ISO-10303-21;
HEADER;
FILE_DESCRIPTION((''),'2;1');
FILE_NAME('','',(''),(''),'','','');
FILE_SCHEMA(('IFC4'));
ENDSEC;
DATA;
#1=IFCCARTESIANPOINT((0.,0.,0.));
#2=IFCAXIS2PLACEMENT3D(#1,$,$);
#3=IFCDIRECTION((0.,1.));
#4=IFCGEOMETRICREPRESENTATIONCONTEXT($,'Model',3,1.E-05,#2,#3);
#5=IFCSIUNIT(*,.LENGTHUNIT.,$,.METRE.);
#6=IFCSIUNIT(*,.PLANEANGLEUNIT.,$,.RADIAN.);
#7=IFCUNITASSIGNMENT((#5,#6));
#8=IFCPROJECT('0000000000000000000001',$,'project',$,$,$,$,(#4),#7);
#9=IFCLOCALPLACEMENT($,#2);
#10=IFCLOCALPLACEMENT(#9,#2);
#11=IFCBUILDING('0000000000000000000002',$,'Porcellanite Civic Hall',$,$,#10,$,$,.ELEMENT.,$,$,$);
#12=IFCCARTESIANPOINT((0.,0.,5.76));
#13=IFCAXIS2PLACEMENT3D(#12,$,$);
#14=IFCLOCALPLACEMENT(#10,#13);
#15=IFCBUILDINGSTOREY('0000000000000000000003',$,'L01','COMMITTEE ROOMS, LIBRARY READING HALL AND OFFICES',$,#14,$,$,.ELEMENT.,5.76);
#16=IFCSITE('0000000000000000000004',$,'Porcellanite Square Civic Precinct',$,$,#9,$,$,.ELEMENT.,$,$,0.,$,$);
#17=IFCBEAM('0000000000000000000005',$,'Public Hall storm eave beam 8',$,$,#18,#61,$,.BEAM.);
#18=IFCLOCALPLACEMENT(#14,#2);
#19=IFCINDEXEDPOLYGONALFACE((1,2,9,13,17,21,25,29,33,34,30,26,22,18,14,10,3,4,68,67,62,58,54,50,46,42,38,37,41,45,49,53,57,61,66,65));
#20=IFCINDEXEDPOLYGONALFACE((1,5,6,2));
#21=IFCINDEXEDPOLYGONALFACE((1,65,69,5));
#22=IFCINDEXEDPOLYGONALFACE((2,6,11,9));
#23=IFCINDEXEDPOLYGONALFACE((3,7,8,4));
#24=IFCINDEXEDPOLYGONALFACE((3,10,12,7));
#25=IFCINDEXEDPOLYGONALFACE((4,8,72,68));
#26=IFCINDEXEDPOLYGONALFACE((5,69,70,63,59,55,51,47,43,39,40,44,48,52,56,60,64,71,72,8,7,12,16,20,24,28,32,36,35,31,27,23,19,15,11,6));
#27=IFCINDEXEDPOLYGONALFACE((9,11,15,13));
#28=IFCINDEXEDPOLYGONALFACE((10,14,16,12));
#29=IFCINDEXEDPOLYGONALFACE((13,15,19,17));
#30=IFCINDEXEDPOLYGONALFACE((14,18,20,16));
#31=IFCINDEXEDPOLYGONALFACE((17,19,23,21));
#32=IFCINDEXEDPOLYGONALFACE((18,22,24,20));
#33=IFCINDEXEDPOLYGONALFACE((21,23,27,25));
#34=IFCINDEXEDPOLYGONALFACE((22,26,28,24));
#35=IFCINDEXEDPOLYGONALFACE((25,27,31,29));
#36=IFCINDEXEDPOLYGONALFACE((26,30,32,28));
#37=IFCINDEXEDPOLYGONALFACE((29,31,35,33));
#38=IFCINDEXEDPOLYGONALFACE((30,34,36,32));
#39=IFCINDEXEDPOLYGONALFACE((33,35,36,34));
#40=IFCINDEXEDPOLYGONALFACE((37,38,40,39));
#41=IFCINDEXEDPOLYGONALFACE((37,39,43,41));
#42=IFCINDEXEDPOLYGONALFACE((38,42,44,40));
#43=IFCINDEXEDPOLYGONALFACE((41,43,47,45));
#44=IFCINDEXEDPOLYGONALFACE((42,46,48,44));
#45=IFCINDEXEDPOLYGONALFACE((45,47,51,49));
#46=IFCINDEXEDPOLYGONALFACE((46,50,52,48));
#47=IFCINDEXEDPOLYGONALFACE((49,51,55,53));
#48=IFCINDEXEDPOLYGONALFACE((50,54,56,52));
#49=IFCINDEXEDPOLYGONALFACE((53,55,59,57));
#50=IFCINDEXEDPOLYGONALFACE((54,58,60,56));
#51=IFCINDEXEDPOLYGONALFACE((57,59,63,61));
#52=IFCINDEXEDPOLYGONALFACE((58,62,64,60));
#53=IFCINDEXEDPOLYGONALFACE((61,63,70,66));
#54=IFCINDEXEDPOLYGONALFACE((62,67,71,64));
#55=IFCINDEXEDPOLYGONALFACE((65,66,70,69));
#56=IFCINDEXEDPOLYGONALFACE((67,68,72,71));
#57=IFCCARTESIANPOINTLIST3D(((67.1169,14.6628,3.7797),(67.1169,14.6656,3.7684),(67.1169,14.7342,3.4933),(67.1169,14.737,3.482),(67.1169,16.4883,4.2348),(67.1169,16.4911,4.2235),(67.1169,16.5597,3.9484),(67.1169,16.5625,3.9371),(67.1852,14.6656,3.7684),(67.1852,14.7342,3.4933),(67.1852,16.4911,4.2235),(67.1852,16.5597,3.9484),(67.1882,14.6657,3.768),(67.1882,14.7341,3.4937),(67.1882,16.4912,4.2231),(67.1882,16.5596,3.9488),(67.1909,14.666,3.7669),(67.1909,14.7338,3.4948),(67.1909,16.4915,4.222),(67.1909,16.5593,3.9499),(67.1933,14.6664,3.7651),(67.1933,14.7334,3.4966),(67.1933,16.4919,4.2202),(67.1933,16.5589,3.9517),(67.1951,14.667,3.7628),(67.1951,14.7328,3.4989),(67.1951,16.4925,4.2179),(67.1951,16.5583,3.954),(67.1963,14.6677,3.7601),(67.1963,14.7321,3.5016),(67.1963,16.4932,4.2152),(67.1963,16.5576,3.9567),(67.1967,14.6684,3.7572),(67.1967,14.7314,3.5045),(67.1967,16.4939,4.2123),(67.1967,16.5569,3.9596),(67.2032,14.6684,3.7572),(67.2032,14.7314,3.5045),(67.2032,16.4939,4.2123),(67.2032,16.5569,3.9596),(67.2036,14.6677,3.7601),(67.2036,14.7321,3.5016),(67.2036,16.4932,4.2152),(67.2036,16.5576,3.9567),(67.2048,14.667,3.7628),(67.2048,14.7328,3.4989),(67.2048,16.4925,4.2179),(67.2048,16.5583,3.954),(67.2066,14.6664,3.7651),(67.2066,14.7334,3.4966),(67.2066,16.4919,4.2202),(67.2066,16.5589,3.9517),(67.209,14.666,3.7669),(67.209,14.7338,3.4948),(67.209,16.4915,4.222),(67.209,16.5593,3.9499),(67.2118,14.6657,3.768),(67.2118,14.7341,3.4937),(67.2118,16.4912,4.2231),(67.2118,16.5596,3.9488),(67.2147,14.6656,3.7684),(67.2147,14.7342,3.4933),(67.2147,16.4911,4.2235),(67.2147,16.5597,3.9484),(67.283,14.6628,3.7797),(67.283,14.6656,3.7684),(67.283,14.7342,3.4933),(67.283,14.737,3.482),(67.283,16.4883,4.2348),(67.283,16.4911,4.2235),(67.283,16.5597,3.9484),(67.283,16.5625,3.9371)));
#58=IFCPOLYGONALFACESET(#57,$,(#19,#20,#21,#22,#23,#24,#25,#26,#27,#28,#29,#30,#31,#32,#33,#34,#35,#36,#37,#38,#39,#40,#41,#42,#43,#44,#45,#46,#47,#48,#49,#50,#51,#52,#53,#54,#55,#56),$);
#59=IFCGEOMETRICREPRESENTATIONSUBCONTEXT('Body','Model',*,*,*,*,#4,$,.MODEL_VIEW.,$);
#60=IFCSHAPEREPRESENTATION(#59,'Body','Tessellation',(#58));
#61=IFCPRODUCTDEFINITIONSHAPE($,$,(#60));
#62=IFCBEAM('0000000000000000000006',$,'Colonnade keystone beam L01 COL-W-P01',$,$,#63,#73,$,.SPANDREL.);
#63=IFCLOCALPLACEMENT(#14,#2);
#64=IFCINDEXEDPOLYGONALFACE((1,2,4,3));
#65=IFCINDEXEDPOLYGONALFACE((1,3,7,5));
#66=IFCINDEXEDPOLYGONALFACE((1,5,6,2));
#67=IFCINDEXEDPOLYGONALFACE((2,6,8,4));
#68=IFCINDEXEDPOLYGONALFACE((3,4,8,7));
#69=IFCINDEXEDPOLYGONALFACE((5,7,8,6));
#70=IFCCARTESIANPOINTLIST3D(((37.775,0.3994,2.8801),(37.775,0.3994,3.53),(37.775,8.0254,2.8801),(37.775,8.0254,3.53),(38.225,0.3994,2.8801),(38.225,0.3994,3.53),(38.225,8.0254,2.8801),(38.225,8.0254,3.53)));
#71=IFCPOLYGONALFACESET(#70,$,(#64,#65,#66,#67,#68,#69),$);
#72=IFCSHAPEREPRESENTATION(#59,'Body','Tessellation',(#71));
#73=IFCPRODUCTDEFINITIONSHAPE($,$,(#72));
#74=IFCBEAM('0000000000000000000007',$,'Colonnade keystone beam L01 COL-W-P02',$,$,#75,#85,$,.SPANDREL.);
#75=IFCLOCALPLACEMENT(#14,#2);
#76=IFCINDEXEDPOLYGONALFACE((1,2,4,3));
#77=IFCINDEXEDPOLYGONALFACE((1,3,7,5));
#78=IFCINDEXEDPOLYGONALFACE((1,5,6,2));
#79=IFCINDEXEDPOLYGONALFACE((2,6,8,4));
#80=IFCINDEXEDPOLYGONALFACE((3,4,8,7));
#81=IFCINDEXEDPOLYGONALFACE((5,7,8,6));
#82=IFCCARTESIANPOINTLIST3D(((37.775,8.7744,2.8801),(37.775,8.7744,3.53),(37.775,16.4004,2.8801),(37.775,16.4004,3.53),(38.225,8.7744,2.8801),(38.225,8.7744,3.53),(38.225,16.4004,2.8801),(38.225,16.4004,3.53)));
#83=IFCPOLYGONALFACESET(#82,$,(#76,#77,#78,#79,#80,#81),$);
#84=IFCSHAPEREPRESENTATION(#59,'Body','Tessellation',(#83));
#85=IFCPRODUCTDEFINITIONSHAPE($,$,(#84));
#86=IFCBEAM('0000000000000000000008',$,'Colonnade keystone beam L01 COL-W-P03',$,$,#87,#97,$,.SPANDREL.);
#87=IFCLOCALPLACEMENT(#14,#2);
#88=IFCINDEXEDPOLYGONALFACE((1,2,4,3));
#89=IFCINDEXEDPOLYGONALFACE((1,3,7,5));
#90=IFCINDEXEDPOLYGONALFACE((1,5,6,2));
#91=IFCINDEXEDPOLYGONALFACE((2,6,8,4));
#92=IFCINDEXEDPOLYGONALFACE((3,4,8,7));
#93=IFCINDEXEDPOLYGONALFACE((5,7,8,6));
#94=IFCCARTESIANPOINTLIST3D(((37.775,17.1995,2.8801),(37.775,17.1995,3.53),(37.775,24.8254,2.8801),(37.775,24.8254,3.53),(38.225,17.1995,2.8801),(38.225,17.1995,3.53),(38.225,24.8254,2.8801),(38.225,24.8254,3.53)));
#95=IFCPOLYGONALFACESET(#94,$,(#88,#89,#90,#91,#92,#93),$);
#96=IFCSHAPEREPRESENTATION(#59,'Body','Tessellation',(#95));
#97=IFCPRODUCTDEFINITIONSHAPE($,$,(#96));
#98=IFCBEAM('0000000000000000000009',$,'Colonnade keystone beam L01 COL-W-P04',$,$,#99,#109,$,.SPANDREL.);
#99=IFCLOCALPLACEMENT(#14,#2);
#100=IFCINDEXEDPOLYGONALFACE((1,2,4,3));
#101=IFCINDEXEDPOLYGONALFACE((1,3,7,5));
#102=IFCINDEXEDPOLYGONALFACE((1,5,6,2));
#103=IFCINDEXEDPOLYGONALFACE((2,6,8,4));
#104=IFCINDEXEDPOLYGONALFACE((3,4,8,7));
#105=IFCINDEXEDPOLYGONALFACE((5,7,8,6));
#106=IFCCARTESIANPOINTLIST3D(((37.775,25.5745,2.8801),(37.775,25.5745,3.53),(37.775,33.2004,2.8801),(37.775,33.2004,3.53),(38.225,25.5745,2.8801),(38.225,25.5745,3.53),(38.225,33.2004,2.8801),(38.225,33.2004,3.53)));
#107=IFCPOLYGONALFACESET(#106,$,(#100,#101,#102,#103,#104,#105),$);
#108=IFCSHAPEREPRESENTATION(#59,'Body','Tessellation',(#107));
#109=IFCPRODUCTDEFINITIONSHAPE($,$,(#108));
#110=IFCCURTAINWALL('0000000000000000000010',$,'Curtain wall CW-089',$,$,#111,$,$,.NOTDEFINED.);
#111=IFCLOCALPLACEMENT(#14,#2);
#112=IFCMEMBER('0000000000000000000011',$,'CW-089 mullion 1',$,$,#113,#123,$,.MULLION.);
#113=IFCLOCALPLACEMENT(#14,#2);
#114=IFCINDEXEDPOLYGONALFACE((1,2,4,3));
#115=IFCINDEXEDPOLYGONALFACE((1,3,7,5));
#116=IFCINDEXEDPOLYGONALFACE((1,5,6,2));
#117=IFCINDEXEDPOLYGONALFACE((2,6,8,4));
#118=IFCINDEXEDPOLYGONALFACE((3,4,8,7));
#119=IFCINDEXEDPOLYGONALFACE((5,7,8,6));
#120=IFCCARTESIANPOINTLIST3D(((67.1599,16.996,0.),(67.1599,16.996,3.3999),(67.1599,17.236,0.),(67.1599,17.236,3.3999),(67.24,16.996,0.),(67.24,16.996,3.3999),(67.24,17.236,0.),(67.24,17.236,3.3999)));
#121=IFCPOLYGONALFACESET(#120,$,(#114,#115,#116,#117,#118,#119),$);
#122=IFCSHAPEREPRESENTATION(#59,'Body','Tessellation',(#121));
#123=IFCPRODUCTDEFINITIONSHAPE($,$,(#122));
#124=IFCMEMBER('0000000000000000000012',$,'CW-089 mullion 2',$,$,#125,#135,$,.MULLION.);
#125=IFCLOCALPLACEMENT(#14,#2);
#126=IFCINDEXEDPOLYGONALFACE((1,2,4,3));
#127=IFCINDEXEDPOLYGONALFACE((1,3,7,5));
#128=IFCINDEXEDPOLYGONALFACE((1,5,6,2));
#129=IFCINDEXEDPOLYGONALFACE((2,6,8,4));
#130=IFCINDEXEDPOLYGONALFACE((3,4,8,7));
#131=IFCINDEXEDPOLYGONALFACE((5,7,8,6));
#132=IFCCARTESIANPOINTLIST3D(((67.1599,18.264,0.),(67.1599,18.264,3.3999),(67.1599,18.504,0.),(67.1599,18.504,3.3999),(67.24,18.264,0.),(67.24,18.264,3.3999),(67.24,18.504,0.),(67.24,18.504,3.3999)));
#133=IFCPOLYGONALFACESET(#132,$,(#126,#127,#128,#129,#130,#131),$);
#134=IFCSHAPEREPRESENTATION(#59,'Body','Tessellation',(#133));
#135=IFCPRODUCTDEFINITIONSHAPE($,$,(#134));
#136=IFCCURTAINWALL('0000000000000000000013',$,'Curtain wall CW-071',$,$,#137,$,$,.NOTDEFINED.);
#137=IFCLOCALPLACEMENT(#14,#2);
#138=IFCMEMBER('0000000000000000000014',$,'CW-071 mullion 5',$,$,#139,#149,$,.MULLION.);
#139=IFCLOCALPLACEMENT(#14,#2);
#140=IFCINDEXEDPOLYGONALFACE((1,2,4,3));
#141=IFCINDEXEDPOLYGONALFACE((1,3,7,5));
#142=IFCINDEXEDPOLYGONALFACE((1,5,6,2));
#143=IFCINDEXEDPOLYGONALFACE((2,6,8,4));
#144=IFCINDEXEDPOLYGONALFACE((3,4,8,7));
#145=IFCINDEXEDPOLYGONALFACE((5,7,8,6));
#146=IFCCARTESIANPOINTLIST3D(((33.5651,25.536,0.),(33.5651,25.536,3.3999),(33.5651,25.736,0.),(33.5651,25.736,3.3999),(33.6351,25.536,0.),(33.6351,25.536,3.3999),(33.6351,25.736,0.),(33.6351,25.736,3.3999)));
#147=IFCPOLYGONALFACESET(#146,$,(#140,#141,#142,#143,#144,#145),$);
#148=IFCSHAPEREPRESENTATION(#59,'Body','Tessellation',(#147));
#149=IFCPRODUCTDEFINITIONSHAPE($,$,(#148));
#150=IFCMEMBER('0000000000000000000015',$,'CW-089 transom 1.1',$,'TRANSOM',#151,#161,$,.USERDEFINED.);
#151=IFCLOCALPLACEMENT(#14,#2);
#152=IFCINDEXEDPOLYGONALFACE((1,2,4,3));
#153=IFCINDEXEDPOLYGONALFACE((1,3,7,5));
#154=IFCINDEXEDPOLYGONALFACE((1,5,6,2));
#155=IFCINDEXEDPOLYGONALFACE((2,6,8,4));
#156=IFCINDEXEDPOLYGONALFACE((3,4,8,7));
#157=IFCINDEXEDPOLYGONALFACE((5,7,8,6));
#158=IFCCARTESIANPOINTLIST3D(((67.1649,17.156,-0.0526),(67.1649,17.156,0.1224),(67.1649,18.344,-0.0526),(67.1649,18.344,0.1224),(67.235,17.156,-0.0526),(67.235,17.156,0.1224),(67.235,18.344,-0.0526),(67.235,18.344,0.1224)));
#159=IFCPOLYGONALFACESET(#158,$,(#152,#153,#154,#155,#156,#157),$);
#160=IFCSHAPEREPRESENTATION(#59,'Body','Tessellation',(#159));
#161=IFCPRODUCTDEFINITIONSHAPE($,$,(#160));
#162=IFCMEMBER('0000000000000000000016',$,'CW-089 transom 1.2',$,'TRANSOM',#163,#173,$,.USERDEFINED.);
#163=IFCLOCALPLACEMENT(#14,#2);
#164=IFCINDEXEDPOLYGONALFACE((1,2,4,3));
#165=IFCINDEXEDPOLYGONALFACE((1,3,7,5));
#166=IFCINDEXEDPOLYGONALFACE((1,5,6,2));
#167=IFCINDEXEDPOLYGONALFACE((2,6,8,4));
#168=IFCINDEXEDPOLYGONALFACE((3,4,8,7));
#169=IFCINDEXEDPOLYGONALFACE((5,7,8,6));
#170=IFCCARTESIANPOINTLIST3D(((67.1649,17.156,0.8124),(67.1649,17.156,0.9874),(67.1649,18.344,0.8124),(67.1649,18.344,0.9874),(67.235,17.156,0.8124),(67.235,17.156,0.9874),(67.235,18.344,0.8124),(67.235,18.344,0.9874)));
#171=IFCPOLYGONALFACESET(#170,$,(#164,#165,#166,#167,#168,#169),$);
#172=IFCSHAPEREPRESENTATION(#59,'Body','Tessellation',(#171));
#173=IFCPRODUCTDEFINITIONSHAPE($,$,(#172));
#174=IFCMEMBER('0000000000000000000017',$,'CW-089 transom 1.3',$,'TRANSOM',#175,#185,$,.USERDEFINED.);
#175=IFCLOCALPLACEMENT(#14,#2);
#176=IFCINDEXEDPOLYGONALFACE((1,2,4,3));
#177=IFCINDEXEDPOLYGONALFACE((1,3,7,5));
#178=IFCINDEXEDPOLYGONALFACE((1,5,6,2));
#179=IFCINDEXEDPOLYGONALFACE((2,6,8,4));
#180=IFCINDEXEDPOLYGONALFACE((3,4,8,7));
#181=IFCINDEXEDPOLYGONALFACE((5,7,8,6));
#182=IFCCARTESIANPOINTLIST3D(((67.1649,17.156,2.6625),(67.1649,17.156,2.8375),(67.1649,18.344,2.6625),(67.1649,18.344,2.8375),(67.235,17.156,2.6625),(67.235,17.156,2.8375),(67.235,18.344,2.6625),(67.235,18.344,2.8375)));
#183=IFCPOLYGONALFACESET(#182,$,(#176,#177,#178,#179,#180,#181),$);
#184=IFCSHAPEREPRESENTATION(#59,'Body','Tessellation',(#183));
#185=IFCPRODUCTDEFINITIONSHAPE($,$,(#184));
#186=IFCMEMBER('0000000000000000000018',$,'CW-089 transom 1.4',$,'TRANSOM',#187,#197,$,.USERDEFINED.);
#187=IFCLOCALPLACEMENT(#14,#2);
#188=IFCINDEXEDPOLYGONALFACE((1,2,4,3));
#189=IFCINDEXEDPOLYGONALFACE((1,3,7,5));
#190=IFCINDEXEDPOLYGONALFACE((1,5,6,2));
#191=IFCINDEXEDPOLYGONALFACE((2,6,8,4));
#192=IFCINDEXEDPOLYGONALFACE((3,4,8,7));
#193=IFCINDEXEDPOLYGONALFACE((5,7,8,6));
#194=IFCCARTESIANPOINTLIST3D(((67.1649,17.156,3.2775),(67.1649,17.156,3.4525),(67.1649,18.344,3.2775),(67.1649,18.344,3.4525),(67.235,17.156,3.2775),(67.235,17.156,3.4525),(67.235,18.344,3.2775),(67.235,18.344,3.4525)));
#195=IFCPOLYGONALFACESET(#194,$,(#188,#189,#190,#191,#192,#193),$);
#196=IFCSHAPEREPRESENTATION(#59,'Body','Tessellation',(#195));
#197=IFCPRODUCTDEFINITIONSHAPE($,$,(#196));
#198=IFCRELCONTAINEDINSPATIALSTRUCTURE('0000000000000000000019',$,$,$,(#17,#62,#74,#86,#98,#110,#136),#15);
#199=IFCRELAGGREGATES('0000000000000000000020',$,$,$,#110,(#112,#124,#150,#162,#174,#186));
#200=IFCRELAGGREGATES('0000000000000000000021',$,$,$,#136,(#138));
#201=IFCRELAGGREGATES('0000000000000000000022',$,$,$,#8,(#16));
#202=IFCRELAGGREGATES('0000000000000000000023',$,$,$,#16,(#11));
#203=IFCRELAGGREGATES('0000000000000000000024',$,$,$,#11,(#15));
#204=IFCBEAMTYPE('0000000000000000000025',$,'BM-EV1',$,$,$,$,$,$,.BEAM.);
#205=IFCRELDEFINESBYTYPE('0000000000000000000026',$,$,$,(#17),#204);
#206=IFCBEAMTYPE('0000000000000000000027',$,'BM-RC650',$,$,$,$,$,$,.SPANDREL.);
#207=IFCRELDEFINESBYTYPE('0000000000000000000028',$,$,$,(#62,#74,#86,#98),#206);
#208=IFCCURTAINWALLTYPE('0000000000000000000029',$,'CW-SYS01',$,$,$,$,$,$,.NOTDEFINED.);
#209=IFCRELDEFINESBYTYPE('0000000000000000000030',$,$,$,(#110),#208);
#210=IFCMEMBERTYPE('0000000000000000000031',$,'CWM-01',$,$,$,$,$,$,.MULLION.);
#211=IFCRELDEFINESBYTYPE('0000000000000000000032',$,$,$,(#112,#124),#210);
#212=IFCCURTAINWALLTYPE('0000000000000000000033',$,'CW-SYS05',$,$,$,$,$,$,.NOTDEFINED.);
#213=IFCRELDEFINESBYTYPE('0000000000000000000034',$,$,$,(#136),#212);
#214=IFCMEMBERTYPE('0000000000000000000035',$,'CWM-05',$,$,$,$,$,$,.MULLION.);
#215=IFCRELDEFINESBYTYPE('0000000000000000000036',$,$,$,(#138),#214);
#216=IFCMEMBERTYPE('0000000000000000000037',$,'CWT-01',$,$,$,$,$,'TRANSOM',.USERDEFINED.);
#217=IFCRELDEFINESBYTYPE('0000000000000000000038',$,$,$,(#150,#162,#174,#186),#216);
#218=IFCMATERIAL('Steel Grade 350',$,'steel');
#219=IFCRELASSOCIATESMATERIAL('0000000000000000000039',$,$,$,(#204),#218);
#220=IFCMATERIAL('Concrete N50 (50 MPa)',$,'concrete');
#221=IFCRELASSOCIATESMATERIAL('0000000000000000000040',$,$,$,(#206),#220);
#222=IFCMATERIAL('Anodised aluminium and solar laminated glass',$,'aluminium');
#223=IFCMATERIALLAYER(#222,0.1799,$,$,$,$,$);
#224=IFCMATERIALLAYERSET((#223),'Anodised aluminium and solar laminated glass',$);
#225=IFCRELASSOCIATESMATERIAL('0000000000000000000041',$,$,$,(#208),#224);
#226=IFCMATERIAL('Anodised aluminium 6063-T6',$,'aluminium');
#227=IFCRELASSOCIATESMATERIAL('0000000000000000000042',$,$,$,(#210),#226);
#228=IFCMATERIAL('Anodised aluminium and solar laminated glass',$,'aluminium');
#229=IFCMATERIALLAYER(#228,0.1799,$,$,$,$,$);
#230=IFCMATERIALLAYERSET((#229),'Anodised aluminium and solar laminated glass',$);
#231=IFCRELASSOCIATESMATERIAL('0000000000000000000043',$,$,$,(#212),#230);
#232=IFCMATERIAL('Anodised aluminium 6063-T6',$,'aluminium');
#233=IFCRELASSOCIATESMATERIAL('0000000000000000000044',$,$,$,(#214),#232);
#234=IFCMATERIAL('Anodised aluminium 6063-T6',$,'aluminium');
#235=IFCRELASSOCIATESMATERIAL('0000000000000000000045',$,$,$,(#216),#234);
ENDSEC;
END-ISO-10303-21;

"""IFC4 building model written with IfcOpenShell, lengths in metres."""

from ifc_helpers import new_model, si_unit, direction, frame, origin, origin_2d, place, context, subcontext, project, spatial, rectangle, i_section, extrude, material, layer, layer_set, material_profile, profile_set, type_object, element, aggregate, save


model = new_model("IFC4")

# Units and contexts
model_context = context("Model", 3, precision=1e-05, world=origin(), true_north=direction((0.0, 1.0)))
body_context = subcontext(model_context, "Body", "Model", "MODEL_VIEW")
ifc_project = project(units=[si_unit("LENGTHUNIT", "METRE"), si_unit("PLANEANGLEUNIT", "RADIAN")], contexts=[model_context])

# Site, building, storey
site_placement = place(None, origin())
site = spatial("IfcSite", under=ifc_project, at=site_placement, Name="Porcellanite Square Civic Precinct", CompositionType="ELEMENT", RefElevation=0.0)
building_placement = place(site_placement, origin())
building = spatial("IfcBuilding", under=site, at=building_placement, Name="Porcellanite Civic Hall", CompositionType="ELEMENT")
storey_placement = place(building_placement, frame((0.0, 0.0, 5.76)))
storey = spatial("IfcBuildingStorey", under=building, at=storey_placement, Name="L01", Description="COMMITTEE ROOMS, LIBRARY READING HALL AND OFFICES", CompositionType="ELEMENT", Elevation=5.76)

# Beams
ifc_material_1 = material(Name="Steel Grade 350", Category="steel")
ifc_material_profile_1 = material_profile(ifc_material_1, i_section(OverallWidth=0.166, OverallDepth=0.3069, WebThickness=0.0066, FlangeThickness=0.0117, FilletRadius=0.0115, at=origin_2d()), Name="310UB46.2")
ifc_profile_set_1 = profile_set([ifc_material_profile_1], Name="Steel Grade 350")
beam_type_1 = type_object("IfcBeamType", Name="BM-EV1", PredefinedType="BEAM", material=ifc_profile_set_1)
beam_1_placement = place(storey_placement, frame((67.2, 16.5254, 4.0859), z_axis=(0.0, -0.970303, -0.241894), x_axis=(1.0, 0.0, 0.0)))
element("IfcBeam", 1, at=beam_1_placement, inside=storey, type_object=beam_type_1, Name="Public Hall storm eave beam 8", PredefinedType="BEAM", context=body_context, shape_type="SweptSolid", body=[
    extrude(i_section(OverallWidth=0.166, OverallDepth=0.3069, WebThickness=0.0066, FlangeThickness=0.0117, FilletRadius=0.0115, at=origin_2d()), origin(), (0.0, 0.0, 1.0), 1.8813),
])
ifc_material_2 = material(Name="Concrete N50 (50 MPa)", Category="concrete")
ifc_material_profile_2 = material_profile(ifc_material_2, rectangle(XDim=0.45, YDim=0.6499, at=origin_2d()), Name="RC-450x650")
ifc_profile_set_2 = profile_set([ifc_material_profile_2], Name="Concrete N50 (50 MPa)")
beam_type_2 = type_object("IfcBeamType", Name="BM-RC650", PredefinedType="SPANDREL", material=ifc_profile_set_2)
for number, where, z_axis, x_axis, name in (
    (2, (38.0, 0.3994, 3.2051), (0.0, 1.0, 0.0), (-1.0, 0.0, 0.0), "Colonnade keystone beam L01 COL-W-P01"),
    (3, (38.0, 8.7744, 3.2051), (0.0, 1.0, 0.0), (-1.0, 0.0, 0.0), "Colonnade keystone beam L01 COL-W-P02"),
    (4, (38.0, 17.1995, 3.2051), (0.0, 1.0, 0.0), (-1.0, 0.0, 0.0), "Colonnade keystone beam L01 COL-W-P03"),
    (5, (38.0, 25.5745, 3.2051), (0.0, 1.0, 0.0), (-1.0, 0.0, 0.0), "Colonnade keystone beam L01 COL-W-P04"),
):
    element("IfcBeam", number, at=place(storey_placement, frame(where, z_axis=z_axis, x_axis=x_axis)), inside=storey, type_object=beam_type_2, Name=name, PredefinedType="SPANDREL", context=body_context, shape_type="SweptSolid", body=[
        extrude(rectangle(XDim=0.45, YDim=0.6499, at=origin_2d()), origin(), (0.0, 0.0, 1.0), 7.626),
    ])

# Curtain wall, members
ifc_material_3 = material(Name="Anodised aluminium and solar laminated glass", Category="aluminium")
ifc_layer_1 = layer(ifc_material_3, 0.1799)
ifc_layer_set_1 = layer_set([ifc_layer_1], Name="Anodised aluminium and solar laminated glass")
curtain_wall_type_1 = type_object("IfcCurtainWallType", Name="CW-SYS01", PredefinedType="NOTDEFINED", material=ifc_layer_set_1)
curtain_wall_1_placement = place(storey_placement, origin())
curtain_wall_1 = element("IfcCurtainWall", 6, at=curtain_wall_1_placement, inside=storey, type_object=curtain_wall_type_1, Name="Curtain wall CW-089", PredefinedType="NOTDEFINED")
ifc_material_4 = material(Name="Anodised aluminium 6063-T6", Category="aluminium")
ifc_material_profile_3 = material_profile(ifc_material_4, rectangle(XDim=0.0801, YDim=0.24, at=origin_2d()), Name="AL-80x240")
ifc_profile_set_3 = profile_set([ifc_material_profile_3], Name="Anodised aluminium 6063-T6")
member_type_1 = type_object("IfcMemberType", Name="CWM-01", PredefinedType="MULLION", material=ifc_profile_set_3)
member_1_placement = place(storey_placement, frame((67.2, 17.116, 0.0), z_axis=(0.0, 0.0, 1.0), x_axis=(-1.0, 0.0, 0.0)))
member_1 = element("IfcMember", 7, at=member_1_placement, type_object=member_type_1, Name="CW-089 mullion 1", PredefinedType="MULLION", context=body_context, shape_type="SweptSolid", body=[
    extrude(rectangle(XDim=0.0801, YDim=0.24, at=origin_2d()), origin(), (0.0, 0.0, 1.0), 3.3999),
])
member_2_placement = place(storey_placement, frame((67.2, 18.384, 0.0), z_axis=(0.0, 0.0, 1.0), x_axis=(-1.0, 0.0, 0.0)))
member_2 = element("IfcMember", 8, at=member_2_placement, type_object=member_type_1, Name="CW-089 mullion 2", PredefinedType="MULLION", context=body_context, shape_type="SweptSolid", body=[
    extrude(rectangle(XDim=0.0801, YDim=0.24, at=origin_2d()), origin(), (0.0, 0.0, 1.0), 3.3999),
])

# Curtain wall, member
ifc_material_5 = material(Name="Anodised aluminium and solar laminated glass", Category="aluminium")
ifc_layer_2 = layer(ifc_material_5, 0.1799)
ifc_layer_set_2 = layer_set([ifc_layer_2], Name="Anodised aluminium and solar laminated glass")
curtain_wall_type_2 = type_object("IfcCurtainWallType", Name="CW-SYS05", PredefinedType="NOTDEFINED", material=ifc_layer_set_2)
curtain_wall_2_placement = place(storey_placement, origin())
curtain_wall_2 = element("IfcCurtainWall", 9, at=curtain_wall_2_placement, inside=storey, type_object=curtain_wall_type_2, Name="Curtain wall CW-071", PredefinedType="NOTDEFINED")
ifc_material_6 = material(Name="Anodised aluminium 6063-T6", Category="aluminium")
ifc_material_profile_4 = material_profile(ifc_material_6, rectangle(XDim=0.0701, YDim=0.2, at=origin_2d()), Name="AL-70x200")
ifc_profile_set_4 = profile_set([ifc_material_profile_4], Name="Anodised aluminium 6063-T6")
member_type_2 = type_object("IfcMemberType", Name="CWM-05", PredefinedType="MULLION", material=ifc_profile_set_4)
member_3_placement = place(storey_placement, frame((33.6001, 25.636, 0.0), z_axis=(0.0, 0.0, 1.0), x_axis=(1.0, 0.0, 0.0)))
member_3 = element("IfcMember", 10, at=member_3_placement, type_object=member_type_2, Name="CW-071 mullion 5", PredefinedType="MULLION", context=body_context, shape_type="SweptSolid", body=[
    extrude(rectangle(XDim=0.0701, YDim=0.2, at=origin_2d()), origin(), (0.0, 0.0, 1.0), 3.3999),
])

# Members
ifc_material_7 = material(Name="Anodised aluminium 6063-T6", Category="aluminium")
ifc_material_profile_5 = material_profile(ifc_material_7, rectangle(XDim=0.0701, YDim=0.175, at=origin_2d()), Name="AL-70x175")
ifc_profile_set_5 = profile_set([ifc_material_profile_5], Name="Anodised aluminium 6063-T6")
member_type_3 = type_object("IfcMemberType", Name="CWT-01", ElementType="TRANSOM", PredefinedType="USERDEFINED", material=ifc_profile_set_5)
member_4_placement = place(storey_placement, frame((67.2, 17.156, 0.0349), z_axis=(0.0, 1.0, 0.0), x_axis=(-1.0, 0.0, 0.0)))
member_4 = element("IfcMember", 11, at=member_4_placement, type_object=member_type_3, Name="CW-089 transom 1.1", ObjectType="TRANSOM", PredefinedType="USERDEFINED", context=body_context, shape_type="SweptSolid", body=[
    extrude(rectangle(XDim=0.0701, YDim=0.175, at=origin_2d()), origin(), (0.0, 0.0, 1.0), 1.188),
])
member_5_placement = place(storey_placement, frame((67.2, 17.156, 0.8999), z_axis=(0.0, 1.0, 0.0), x_axis=(-1.0, 0.0, 0.0)))
member_5 = element("IfcMember", 12, at=member_5_placement, type_object=member_type_3, Name="CW-089 transom 1.2", ObjectType="TRANSOM", PredefinedType="USERDEFINED", context=body_context, shape_type="SweptSolid", body=[
    extrude(rectangle(XDim=0.0701, YDim=0.175, at=origin_2d()), origin(), (0.0, 0.0, 1.0), 1.188),
])
member_6_placement = place(storey_placement, frame((67.2, 17.156, 2.75), z_axis=(0.0, 1.0, 0.0), x_axis=(-1.0, 0.0, 0.0)))
member_6 = element("IfcMember", 13, at=member_6_placement, type_object=member_type_3, Name="CW-089 transom 1.3", ObjectType="TRANSOM", PredefinedType="USERDEFINED", context=body_context, shape_type="SweptSolid", body=[
    extrude(rectangle(XDim=0.0701, YDim=0.175, at=origin_2d()), origin(), (0.0, 0.0, 1.0), 1.188),
])
member_7_placement = place(storey_placement, frame((67.2, 17.156, 3.365), z_axis=(0.0, 1.0, 0.0), x_axis=(-1.0, 0.0, 0.0)))
member_7 = element("IfcMember", 14, at=member_7_placement, type_object=member_type_3, Name="CW-089 transom 1.4", ObjectType="TRANSOM", PredefinedType="USERDEFINED", context=body_context, shape_type="SweptSolid", body=[
    extrude(rectangle(XDim=0.0701, YDim=0.175, at=origin_2d()), origin(), (0.0, 0.0, 1.0), 1.188),
])

aggregate(curtain_wall_1, [member_1, member_2, member_4, member_5, member_6, member_7])
aggregate(curtain_wall_2, [member_3])

save(model, "model.ifc")
